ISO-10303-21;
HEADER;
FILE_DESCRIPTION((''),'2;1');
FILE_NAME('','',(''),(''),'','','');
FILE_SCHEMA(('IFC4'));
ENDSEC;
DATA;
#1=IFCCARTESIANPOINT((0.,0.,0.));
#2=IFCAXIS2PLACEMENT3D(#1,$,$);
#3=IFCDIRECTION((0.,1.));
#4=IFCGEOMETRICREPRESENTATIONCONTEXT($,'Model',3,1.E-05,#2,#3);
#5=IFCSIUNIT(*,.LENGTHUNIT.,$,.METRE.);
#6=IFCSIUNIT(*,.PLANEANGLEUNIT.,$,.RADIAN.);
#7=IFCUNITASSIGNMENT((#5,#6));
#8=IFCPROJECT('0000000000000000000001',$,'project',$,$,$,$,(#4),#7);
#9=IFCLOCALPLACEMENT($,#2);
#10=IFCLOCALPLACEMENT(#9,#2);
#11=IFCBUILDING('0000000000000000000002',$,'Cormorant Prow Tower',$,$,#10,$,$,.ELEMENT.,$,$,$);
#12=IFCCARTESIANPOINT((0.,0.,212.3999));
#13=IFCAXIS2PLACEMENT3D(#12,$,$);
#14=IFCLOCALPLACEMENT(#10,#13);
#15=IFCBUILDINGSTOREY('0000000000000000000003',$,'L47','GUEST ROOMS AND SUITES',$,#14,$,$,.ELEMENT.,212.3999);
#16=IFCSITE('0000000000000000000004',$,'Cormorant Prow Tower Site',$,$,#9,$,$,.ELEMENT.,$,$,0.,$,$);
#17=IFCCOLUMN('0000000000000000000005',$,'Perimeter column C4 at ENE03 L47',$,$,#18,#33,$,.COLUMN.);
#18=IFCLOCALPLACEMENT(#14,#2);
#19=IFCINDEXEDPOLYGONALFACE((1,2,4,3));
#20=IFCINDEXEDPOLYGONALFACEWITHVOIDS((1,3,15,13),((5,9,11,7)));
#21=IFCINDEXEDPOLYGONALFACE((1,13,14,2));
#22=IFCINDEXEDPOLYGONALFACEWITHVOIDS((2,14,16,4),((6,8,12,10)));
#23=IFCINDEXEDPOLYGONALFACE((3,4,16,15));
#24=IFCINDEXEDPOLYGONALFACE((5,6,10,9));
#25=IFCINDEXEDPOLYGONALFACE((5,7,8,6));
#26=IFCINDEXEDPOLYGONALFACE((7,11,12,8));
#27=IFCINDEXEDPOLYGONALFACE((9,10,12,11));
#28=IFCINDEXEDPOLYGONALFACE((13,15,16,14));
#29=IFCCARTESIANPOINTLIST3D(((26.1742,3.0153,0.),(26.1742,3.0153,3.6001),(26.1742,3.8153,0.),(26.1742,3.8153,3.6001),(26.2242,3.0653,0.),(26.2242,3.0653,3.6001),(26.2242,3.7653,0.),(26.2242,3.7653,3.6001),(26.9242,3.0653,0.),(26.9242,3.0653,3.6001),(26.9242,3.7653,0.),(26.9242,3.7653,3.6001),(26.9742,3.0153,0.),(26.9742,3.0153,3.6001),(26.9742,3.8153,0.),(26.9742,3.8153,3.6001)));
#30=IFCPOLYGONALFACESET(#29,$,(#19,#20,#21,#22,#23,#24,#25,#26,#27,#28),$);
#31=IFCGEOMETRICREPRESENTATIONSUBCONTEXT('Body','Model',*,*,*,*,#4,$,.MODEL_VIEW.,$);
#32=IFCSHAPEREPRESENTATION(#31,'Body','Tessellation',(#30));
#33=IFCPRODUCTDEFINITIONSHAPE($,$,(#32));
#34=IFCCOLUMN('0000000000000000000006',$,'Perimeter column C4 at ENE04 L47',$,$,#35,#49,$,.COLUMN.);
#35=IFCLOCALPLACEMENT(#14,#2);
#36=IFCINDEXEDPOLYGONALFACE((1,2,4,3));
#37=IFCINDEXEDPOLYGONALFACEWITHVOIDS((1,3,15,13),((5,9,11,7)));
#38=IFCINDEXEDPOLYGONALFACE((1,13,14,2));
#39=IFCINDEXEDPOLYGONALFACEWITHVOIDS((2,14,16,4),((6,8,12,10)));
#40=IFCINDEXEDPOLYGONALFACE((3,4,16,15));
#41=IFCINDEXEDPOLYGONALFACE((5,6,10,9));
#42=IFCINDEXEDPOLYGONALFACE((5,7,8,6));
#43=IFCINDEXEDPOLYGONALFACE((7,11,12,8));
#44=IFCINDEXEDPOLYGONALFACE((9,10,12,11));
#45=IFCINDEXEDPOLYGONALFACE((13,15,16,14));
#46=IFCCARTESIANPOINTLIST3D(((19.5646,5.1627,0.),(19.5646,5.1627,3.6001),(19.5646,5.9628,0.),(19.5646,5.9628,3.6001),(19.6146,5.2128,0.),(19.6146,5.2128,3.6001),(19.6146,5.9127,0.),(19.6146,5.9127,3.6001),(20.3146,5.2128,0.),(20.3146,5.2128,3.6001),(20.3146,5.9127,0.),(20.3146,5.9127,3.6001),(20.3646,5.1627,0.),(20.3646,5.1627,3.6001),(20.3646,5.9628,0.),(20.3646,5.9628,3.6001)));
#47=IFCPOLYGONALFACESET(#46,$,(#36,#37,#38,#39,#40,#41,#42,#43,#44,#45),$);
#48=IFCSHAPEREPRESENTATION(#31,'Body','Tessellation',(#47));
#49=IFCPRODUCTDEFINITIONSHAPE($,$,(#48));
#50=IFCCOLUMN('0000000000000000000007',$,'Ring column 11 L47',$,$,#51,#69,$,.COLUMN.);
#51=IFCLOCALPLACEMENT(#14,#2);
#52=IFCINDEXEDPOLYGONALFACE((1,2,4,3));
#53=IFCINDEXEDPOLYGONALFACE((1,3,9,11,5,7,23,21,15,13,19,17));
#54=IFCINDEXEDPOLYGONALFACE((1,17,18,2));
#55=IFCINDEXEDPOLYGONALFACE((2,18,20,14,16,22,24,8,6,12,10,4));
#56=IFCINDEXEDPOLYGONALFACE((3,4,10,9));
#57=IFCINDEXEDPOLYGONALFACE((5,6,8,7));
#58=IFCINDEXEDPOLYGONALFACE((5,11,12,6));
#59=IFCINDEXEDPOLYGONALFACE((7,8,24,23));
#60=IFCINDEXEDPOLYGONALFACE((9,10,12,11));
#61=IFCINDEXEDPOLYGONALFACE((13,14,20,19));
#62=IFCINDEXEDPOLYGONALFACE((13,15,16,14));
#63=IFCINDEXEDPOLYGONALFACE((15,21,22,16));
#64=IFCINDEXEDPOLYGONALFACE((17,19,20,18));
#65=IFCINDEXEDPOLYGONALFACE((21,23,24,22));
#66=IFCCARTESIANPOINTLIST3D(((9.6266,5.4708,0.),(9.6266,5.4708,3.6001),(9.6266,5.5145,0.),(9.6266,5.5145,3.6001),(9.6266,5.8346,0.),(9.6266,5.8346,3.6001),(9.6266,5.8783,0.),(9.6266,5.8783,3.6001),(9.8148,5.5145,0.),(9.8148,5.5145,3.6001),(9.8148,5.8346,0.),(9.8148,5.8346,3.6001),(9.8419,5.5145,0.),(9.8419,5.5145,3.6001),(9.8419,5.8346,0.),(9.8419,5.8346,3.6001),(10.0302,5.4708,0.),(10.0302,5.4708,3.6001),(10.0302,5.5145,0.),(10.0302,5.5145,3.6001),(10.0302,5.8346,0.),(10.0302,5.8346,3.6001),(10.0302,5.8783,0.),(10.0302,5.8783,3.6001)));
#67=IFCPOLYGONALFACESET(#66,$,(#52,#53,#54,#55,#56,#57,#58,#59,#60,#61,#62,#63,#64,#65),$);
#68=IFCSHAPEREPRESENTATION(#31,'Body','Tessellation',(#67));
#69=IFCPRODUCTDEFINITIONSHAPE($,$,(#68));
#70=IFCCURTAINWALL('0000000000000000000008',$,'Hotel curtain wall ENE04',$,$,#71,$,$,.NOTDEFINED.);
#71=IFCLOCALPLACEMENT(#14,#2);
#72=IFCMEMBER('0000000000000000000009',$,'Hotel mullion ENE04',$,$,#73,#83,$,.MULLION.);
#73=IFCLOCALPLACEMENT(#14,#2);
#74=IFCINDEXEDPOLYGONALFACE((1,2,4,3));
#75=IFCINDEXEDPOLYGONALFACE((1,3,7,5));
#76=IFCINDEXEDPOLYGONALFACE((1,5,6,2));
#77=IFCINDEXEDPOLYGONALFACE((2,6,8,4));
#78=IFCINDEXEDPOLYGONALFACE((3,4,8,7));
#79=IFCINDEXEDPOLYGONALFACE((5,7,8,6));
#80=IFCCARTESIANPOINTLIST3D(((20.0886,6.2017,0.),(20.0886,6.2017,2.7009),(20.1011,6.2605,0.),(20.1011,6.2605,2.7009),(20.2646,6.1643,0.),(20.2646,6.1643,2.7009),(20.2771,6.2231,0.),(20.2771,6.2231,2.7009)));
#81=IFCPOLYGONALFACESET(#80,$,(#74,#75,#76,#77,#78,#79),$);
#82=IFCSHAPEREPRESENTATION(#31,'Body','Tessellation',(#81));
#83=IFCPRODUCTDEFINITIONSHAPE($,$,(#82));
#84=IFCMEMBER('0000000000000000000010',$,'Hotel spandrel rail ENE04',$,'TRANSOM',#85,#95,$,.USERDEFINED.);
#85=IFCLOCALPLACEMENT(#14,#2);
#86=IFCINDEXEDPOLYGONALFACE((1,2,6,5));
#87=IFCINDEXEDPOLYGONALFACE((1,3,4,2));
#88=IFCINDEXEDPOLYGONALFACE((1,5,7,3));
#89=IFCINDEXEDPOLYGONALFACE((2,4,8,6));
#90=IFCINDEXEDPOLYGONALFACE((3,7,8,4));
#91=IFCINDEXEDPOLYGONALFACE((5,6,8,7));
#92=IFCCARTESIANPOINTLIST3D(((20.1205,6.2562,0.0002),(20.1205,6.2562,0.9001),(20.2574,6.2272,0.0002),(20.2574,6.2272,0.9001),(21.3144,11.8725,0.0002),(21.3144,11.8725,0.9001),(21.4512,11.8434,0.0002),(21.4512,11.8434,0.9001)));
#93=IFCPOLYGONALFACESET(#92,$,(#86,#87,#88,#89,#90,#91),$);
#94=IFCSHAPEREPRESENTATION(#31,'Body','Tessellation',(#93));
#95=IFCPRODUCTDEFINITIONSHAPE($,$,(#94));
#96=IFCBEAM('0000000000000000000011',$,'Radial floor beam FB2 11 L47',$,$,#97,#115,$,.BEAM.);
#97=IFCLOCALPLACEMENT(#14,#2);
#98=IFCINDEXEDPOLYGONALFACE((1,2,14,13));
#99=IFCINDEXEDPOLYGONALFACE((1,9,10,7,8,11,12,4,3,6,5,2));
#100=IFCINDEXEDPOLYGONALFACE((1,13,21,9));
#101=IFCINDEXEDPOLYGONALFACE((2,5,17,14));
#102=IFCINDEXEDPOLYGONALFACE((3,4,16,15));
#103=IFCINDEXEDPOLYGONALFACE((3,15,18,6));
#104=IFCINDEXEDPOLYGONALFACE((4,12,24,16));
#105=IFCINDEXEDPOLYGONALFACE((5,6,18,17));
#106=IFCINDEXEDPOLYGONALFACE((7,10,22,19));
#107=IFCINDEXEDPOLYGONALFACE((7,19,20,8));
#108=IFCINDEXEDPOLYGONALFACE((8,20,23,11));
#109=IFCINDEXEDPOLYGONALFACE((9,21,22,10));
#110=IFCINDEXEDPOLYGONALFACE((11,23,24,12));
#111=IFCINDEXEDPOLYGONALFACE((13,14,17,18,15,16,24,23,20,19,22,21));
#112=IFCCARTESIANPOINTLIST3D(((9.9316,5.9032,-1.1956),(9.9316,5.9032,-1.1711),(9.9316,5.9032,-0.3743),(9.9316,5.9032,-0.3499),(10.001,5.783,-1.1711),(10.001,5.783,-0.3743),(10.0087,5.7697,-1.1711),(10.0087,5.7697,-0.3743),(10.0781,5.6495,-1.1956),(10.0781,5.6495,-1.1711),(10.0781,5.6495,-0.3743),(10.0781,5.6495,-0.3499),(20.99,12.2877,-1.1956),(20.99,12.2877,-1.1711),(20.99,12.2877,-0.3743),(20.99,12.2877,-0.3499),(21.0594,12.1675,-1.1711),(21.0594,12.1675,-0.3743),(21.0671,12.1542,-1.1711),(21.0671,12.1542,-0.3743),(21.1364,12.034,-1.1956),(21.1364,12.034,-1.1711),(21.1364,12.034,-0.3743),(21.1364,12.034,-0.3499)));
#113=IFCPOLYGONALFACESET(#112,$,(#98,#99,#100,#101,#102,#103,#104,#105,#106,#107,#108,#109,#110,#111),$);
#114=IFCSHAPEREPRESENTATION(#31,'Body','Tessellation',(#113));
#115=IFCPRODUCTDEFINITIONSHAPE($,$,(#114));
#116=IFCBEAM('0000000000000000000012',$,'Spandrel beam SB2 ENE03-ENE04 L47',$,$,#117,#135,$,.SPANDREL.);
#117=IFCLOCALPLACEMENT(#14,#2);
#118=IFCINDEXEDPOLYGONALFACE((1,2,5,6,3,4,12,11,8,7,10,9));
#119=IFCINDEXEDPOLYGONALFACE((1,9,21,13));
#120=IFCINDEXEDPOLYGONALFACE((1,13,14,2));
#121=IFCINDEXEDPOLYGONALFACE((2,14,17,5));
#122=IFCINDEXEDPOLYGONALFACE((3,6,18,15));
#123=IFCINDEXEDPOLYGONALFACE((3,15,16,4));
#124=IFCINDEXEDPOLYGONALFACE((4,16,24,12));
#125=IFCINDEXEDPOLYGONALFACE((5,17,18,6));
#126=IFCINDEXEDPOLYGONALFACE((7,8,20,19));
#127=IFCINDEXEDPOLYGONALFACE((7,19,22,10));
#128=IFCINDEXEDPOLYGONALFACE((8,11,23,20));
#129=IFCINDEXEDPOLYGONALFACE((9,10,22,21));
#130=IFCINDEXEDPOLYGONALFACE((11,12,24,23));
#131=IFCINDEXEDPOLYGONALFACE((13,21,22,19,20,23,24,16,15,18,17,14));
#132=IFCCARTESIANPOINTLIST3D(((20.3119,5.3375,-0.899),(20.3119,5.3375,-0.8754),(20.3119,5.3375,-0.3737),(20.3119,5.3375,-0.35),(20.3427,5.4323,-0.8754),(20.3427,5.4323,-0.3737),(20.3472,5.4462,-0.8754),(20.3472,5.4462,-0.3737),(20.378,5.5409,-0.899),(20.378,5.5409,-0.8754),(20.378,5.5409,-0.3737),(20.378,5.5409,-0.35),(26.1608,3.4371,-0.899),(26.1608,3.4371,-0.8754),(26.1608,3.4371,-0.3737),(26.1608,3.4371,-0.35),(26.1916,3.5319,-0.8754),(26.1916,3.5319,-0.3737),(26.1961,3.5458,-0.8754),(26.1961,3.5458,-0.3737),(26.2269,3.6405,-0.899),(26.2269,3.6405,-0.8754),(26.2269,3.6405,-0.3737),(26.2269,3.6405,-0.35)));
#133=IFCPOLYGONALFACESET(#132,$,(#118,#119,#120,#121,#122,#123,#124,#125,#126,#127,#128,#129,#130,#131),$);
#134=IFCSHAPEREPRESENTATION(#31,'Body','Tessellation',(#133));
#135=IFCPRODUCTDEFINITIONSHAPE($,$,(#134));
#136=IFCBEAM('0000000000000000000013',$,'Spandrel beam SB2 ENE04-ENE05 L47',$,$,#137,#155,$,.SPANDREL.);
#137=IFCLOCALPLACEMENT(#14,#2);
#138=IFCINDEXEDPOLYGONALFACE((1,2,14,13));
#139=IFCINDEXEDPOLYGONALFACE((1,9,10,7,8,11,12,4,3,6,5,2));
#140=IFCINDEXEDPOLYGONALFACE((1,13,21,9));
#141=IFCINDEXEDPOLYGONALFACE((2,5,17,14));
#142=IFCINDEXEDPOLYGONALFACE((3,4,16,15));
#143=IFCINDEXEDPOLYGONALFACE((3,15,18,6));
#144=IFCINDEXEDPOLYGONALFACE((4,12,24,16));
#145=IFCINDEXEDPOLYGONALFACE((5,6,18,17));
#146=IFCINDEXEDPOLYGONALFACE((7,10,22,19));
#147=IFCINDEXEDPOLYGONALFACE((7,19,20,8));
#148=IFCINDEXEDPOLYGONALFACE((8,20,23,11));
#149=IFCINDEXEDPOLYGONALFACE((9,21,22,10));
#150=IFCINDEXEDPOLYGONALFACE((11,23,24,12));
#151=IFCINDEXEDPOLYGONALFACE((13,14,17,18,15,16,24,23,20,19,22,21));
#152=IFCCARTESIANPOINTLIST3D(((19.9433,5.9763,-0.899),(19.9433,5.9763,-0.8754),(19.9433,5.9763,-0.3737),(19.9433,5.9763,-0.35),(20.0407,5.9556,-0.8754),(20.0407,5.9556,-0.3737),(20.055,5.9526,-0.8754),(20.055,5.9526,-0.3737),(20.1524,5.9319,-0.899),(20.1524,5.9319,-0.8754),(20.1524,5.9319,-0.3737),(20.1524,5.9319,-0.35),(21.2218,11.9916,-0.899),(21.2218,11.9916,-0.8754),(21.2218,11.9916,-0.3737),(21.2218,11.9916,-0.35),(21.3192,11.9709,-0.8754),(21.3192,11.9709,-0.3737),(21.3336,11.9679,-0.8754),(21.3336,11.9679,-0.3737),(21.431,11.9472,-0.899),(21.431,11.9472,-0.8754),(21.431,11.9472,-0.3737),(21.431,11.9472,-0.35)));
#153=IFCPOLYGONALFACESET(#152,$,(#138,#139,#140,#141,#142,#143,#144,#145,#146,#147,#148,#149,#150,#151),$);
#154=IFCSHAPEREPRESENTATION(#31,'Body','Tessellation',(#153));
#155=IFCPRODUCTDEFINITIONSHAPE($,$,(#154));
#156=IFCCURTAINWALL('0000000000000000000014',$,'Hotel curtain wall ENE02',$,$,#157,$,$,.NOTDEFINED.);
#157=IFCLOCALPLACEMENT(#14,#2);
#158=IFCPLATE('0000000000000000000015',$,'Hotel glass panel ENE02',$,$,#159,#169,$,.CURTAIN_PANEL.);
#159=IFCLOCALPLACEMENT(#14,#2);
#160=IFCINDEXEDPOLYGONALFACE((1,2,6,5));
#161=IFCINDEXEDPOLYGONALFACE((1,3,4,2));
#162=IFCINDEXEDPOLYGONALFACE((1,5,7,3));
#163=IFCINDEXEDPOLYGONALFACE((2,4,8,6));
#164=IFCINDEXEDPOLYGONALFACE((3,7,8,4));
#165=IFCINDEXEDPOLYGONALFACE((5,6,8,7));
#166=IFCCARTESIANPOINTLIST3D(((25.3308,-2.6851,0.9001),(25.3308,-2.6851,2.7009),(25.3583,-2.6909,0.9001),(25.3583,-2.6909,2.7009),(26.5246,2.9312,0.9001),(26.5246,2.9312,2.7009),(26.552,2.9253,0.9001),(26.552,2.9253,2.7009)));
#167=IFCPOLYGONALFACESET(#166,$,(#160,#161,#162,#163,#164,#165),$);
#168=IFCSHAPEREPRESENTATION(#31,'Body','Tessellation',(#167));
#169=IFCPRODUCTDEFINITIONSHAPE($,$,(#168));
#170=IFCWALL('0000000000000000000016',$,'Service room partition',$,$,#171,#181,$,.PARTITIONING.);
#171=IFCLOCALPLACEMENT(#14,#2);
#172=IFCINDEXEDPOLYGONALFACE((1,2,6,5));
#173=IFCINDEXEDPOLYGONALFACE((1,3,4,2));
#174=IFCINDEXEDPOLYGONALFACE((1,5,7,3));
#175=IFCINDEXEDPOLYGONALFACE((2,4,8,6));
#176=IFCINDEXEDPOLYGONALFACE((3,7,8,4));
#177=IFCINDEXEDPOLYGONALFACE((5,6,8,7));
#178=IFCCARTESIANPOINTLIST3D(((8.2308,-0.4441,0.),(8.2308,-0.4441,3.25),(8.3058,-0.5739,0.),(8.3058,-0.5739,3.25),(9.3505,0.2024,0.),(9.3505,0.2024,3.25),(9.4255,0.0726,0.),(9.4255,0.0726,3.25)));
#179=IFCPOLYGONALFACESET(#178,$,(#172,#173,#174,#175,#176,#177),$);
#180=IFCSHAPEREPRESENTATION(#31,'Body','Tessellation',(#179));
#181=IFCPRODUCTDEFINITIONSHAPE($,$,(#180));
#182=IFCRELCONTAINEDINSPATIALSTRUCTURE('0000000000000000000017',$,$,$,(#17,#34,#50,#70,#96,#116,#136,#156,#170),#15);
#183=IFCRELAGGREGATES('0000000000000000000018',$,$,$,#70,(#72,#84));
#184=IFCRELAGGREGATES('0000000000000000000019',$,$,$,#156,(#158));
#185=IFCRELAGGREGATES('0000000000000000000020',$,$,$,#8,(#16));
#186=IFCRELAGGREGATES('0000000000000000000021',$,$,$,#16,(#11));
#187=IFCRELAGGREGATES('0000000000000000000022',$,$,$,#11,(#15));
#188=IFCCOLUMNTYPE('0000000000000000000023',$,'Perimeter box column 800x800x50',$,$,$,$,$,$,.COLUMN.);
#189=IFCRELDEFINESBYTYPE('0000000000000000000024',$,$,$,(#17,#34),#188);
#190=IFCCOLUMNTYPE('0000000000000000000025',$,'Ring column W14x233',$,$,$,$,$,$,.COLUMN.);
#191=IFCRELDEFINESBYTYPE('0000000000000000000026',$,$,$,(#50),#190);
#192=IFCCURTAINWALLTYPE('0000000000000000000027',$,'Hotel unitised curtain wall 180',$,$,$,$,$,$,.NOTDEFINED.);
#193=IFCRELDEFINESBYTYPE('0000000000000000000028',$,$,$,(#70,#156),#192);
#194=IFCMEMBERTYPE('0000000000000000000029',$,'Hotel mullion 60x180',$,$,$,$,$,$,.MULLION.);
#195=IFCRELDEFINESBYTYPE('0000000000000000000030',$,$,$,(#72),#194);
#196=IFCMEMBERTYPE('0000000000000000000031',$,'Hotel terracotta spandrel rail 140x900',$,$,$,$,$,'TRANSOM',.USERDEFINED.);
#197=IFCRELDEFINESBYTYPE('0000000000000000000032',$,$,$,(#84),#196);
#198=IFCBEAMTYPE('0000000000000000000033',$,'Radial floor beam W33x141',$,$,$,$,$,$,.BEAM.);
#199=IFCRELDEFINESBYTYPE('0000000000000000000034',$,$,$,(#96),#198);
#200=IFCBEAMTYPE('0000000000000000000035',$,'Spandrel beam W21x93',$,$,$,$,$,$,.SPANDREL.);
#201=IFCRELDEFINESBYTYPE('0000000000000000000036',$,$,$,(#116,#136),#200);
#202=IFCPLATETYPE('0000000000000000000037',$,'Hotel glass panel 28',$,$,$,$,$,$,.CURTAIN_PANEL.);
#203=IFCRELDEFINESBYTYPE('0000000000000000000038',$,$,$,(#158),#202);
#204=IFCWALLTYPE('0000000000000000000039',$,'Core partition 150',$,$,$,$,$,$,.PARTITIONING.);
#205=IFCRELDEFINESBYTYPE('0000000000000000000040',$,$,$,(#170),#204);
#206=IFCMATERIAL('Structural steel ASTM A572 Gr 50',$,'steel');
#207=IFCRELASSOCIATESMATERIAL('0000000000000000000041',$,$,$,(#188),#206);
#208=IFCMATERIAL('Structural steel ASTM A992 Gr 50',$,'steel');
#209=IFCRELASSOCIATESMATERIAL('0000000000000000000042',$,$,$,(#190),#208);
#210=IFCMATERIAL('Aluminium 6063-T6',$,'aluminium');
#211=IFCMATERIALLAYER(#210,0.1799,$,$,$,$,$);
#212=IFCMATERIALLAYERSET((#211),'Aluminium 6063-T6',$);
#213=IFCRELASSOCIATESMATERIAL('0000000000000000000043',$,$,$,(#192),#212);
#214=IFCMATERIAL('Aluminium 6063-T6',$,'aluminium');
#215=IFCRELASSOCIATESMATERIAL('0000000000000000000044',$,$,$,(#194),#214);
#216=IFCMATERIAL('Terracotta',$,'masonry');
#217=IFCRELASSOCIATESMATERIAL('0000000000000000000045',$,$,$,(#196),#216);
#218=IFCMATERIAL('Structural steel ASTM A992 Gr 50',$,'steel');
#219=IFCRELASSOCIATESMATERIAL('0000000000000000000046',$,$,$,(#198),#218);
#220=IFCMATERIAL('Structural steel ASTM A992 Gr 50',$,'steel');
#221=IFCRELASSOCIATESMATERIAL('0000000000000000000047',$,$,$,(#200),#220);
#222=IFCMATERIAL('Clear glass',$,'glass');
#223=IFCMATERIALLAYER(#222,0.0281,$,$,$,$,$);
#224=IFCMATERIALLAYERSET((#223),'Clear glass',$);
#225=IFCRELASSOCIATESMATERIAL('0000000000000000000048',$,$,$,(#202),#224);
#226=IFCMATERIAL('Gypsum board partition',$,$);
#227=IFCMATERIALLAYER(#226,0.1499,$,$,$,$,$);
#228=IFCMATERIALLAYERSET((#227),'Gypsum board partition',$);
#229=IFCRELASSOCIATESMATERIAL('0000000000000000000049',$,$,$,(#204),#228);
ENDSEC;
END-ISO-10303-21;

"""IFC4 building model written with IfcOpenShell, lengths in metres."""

from ifc_helpers import new_model, si_unit, direction, frame, frame_2d, origin, origin_2d, place, context, subcontext, project, spatial, rectangle, hollow_rectangle, i_section, extrude, material, layer, layer_set, material_profile, profile_set, type_object, element, aggregate, save


model = new_model("IFC4")

# Units and contexts
model_context = context("Model", 3, precision=1e-05, world=origin(), true_north=direction((0.0, 1.0)))
body_context = subcontext(model_context, "Body", "Model", "MODEL_VIEW")
ifc_project = project(units=[si_unit("LENGTHUNIT", "METRE"), si_unit("PLANEANGLEUNIT", "RADIAN")], contexts=[model_context])

# Site, building, storey
site_placement = place(None, origin())
site = spatial("IfcSite", under=ifc_project, at=site_placement, Name="Cormorant Prow Tower Site", CompositionType="ELEMENT", RefElevation=0.0)
building_placement = place(site_placement, origin())
building = spatial("IfcBuilding", under=site, at=building_placement, Name="Cormorant Prow Tower", CompositionType="ELEMENT")
storey_placement = place(building_placement, frame((0.0, 0.0, 212.3999)))
storey = spatial("IfcBuildingStorey", under=building, at=storey_placement, Name="L47", Description="GUEST ROOMS AND SUITES", CompositionType="ELEMENT", Elevation=212.3999)

# Columns
ifc_material_1 = material(Name="Structural steel ASTM A572 Gr 50", Category="steel")
ifc_material_profile_1 = material_profile(ifc_material_1, hollow_rectangle(XDim=0.8, YDim=0.8, WallThickness=0.05, at=origin_2d()), Name="Box 800x800x50")
ifc_profile_set_1 = profile_set([ifc_material_profile_1], Name="Structural steel ASTM A572 Gr 50")
column_type_1 = type_object("IfcColumnType", Name="Perimeter box column 800x800x50", PredefinedType="COLUMN", material=ifc_profile_set_1)
for number, where, z_axis, x_axis, name in (
    (1, (26.5742, 3.4153, 0.0), (0.0, 0.0, 1.0), (1.0, 0.0, 0.0), "Perimeter column C4 at ENE03 L47"),
    (2, (19.9646, 5.5627, 0.0), (0.0, 0.0, 1.0), (1.0, 0.0, 0.0), "Perimeter column C4 at ENE04 L47"),
):
    element("IfcColumn", number, at=place(storey_placement, frame(where, z_axis=z_axis, x_axis=x_axis)), inside=storey, type_object=column_type_1, Name=name, PredefinedType="COLUMN", context=body_context, shape_type="SweptSolid", body=[
        extrude(hollow_rectangle(XDim=0.8, YDim=0.8, WallThickness=0.05, at=origin_2d()), origin(), (0.0, 0.0, 1.0), 3.6001),
    ])
ifc_material_2 = material(Name="Structural steel ASTM A992 Gr 50", Category="steel")
ifc_material_profile_2 = material_profile(ifc_material_2, i_section(OverallWidth=0.4036, OverallDepth=0.4075, WebThickness=0.0271, FlangeThickness=0.0437, at=origin_2d()), Name="W14x233")
ifc_profile_set_2 = profile_set([ifc_material_profile_2], Name="Structural steel ASTM A992 Gr 50")
column_type_2 = type_object("IfcColumnType", Name="Ring column W14x233", PredefinedType="COLUMN", material=ifc_profile_set_2)
column_placement = place(storey_placement, frame((9.8284, 5.6746, 0.0), z_axis=(0.0, 0.0, 1.0), x_axis=(1.0, 0.0, 0.0)))
element("IfcColumn", 3, at=column_placement, inside=storey, type_object=column_type_2, Name="Ring column 11 L47", PredefinedType="COLUMN", context=body_context, shape_type="SweptSolid", body=[
    extrude(i_section(OverallWidth=0.4036, OverallDepth=0.4075, WebThickness=0.0271, FlangeThickness=0.0437, at=origin_2d()), origin(), (0.0, 0.0, 1.0), 3.6001),
])

# Curtain wall, members
ifc_material_3 = material(Name="Aluminium 6063-T6", Category="aluminium")
ifc_layer_1 = layer(ifc_material_3, 0.1799)
ifc_layer_set_1 = layer_set([ifc_layer_1], Name="Aluminium 6063-T6")
curtain_wall_type = type_object("IfcCurtainWallType", Name="Hotel unitised curtain wall 180", PredefinedType="NOTDEFINED", material=ifc_layer_set_1)
curtain_wall_1_placement = place(storey_placement, origin())
curtain_wall_1 = element("IfcCurtainWall", 4, at=curtain_wall_1_placement, inside=storey, type_object=curtain_wall_type, Name="Hotel curtain wall ENE04", PredefinedType="NOTDEFINED")
ifc_material_4 = material(Name="Aluminium 6063-T6", Category="aluminium")
ifc_material_profile_3 = material_profile(ifc_material_4, rectangle(XDim=0.1799, YDim=0.0601, at=origin_2d()), Name="Hotel mullion 60x180")
ifc_profile_set_3 = profile_set([ifc_material_profile_3], Name="Aluminium 6063-T6")
member_type_1 = type_object("IfcMemberType", Name="Hotel mullion 60x180", PredefinedType="MULLION", material=ifc_profile_set_3)
member_1_placement = place(storey_placement, frame((20.1829, 6.2124, 0.0), z_axis=(0.0, 0.0, 1.0), x_axis=(-0.978148, 0.207912, 0.0)))
member_1 = element("IfcMember", 5, at=member_1_placement, type_object=member_type_1, Name="Hotel mullion ENE04", PredefinedType="MULLION", context=body_context, shape_type="SweptSolid", body=[
    extrude(rectangle(XDim=0.1799, YDim=0.0601, at=origin_2d()), origin(), (0.0, 0.0, 1.0), 2.7009),
])
ifc_material_5 = material(Name="Terracotta", Category="masonry")
ifc_material_profile_4 = material_profile(ifc_material_5, rectangle(XDim=0.1399, YDim=0.8999, at=origin_2d()), Name="Hotel terracotta spandrel rail 140x900")
ifc_profile_set_4 = profile_set([ifc_material_profile_4], Name="Terracotta")
member_type_2 = type_object("IfcMemberType", Name="Hotel terracotta spandrel rail 140x900", ElementType="TRANSOM", PredefinedType="USERDEFINED", material=ifc_profile_set_4)
member_2_placement = place(storey_placement, frame((20.189, 6.2417, 0.4502), z_axis=(0.207926, 0.978145, 0.0), x_axis=(-0.978145, 0.207926, 0.0)))
member_2 = element("IfcMember", 6, at=member_2_placement, type_object=member_type_2, Name="Hotel spandrel rail ENE04", ObjectType="TRANSOM", PredefinedType="USERDEFINED", context=body_context, shape_type="SweptSolid", body=[
    extrude(rectangle(XDim=0.1399, YDim=0.8999, at=origin_2d()), origin(), (0.0, 0.0, 1.0), 5.7417),
])
aggregate(curtain_wall_1, [member_1, member_2])

# Beams
ifc_material_6 = material(Name="Structural steel ASTM A992 Gr 50", Category="steel")
ifc_material_profile_5 = material_profile(ifc_material_6, i_section(OverallWidth=0.293, OverallDepth=0.8457, WebThickness=0.0154, FlangeThickness=0.0244, at=origin_2d()), Name="W33x141")
ifc_profile_set_5 = profile_set([ifc_material_profile_5], Name="Structural steel ASTM A992 Gr 50")
beam_type_1 = type_object("IfcBeamType", Name="Radial floor beam W33x141", PredefinedType="BEAM", material=ifc_profile_set_5)
beam_1_placement = place(storey_placement, frame((10.0049, 5.7764, -0.7727), z_axis=(0.866026, 0.499999, 0.0), x_axis=(-0.499999, 0.866026, 0.0)))
element("IfcBeam", 7, at=beam_1_placement, inside=storey, type_object=beam_type_1, Name="Radial floor beam FB2 11 L47", PredefinedType="BEAM", context=body_context, shape_type="SweptSolid", body=[
    extrude(i_section(OverallWidth=0.293, OverallDepth=0.8457, WebThickness=0.0154, FlangeThickness=0.0244, at=origin_2d()), origin(), (0.0, 0.0, 1.0), 12.769),
])
ifc_material_7 = material(Name="Structural steel ASTM A992 Gr 50", Category="steel")
ifc_material_profile_6 = material_profile(ifc_material_7, i_section(OverallWidth=0.2139, OverallDepth=0.5491, WebThickness=0.0146, FlangeThickness=0.0237, at=origin_2d()), Name="W21x93")
ifc_profile_set_6 = profile_set([ifc_material_profile_6], Name="Structural steel ASTM A992 Gr 50")
beam_type_2 = type_object("IfcBeamType", Name="Spandrel beam W21x93", PredefinedType="SPANDREL", material=ifc_profile_set_6)
beam_2_placement = place(storey_placement, frame((26.1938, 3.5388, -0.6245), z_axis=(-0.951058, 0.309013, 0.0), x_axis=(-0.309013, -0.951058, 0.0)))
element("IfcBeam", 8, at=beam_2_placement, inside=storey, type_object=beam_type_2, Name="Spandrel beam SB2 ENE03-ENE04 L47", PredefinedType="SPANDREL", context=body_context, shape_type="SweptSolid", body=[
    extrude(i_section(OverallWidth=0.2139, OverallDepth=0.5491, WebThickness=0.0146, FlangeThickness=0.0237, at=origin_2d()), origin(), (0.0, 0.0, 1.0), 6.1499),
])
beam_3_placement = place(storey_placement, frame((20.0479, 5.9541, -0.6245), z_axis=(0.207905, 0.978149, 0.0), x_axis=(-0.978149, 0.207905, 0.0)))
element("IfcBeam", 9, at=beam_3_placement, inside=storey, type_object=beam_type_2, Name="Spandrel beam SB2 ENE04-ENE05 L47", PredefinedType="SPANDREL", context=body_context, shape_type="SweptSolid", body=[
    extrude(i_section(OverallWidth=0.2139, OverallDepth=0.5491, WebThickness=0.0146, FlangeThickness=0.0237, at=origin_2d()), origin(), (0.0, 0.0, 1.0), 6.1497),
])

# Curtain wall, plate
curtain_wall_2_placement = place(storey_placement, origin())
curtain_wall_2 = element("IfcCurtainWall", 10, at=curtain_wall_2_placement, inside=storey, type_object=curtain_wall_type, Name="Hotel curtain wall ENE02", PredefinedType="NOTDEFINED")
ifc_material_8 = material(Name="Clear glass", Category="glass")
ifc_layer_2 = layer(ifc_material_8, 0.0281)
ifc_layer_set_2 = layer_set([ifc_layer_2], Name="Clear glass")
plate_type = type_object("IfcPlateType", Name="Hotel glass panel 28", PredefinedType="CURTAIN_PANEL", material=ifc_layer_set_2)
plate_placement = place(storey_placement, frame((25.9414, 0.1201, 0.9001), z_axis=(0.0, 0.0, 1.0), x_axis=(0.207912, 0.978148, 0.0)))
plate = element("IfcPlate", 11, at=plate_placement, type_object=plate_type, Name="Hotel glass panel ENE02", PredefinedType="CURTAIN_PANEL", context=body_context, shape_type="SweptSolid", body=[
    extrude(rectangle(XDim=5.7417, YDim=0.0281, at=origin_2d()), origin(), (0.0, 0.0, 1.0), 1.8008),
])
aggregate(curtain_wall_2, [plate])

# Wall
ifc_material_9 = material(Name="Gypsum board partition")
ifc_layer_3 = layer(ifc_material_9, 0.1499)
ifc_layer_set_3 = layer_set([ifc_layer_3], Name="Gypsum board partition")
wall_type_1 = type_object("IfcWallType", Name="Core partition 150", PredefinedType="PARTITIONING", material=ifc_layer_set_3)
wall_1_placement = place(storey_placement, frame((8.2683, -0.509, 0.0), z_axis=(0.0, 0.0, 1.0), x_axis=(0.866003, 0.500038, 0.0)))
element("IfcWall", 12, at=wall_1_placement, inside=storey, type_object=wall_type_1, Name="Service room partition", PredefinedType="PARTITIONING", context=body_context, shape_type="SweptSolid", body=[
    extrude(rectangle(XDim=1.293, YDim=0.1499, at=frame_2d((0.6465, 0.0))), origin(), (0.0, 0.0, 1.0), 3.25),
])

save(model, "model.ifc")
